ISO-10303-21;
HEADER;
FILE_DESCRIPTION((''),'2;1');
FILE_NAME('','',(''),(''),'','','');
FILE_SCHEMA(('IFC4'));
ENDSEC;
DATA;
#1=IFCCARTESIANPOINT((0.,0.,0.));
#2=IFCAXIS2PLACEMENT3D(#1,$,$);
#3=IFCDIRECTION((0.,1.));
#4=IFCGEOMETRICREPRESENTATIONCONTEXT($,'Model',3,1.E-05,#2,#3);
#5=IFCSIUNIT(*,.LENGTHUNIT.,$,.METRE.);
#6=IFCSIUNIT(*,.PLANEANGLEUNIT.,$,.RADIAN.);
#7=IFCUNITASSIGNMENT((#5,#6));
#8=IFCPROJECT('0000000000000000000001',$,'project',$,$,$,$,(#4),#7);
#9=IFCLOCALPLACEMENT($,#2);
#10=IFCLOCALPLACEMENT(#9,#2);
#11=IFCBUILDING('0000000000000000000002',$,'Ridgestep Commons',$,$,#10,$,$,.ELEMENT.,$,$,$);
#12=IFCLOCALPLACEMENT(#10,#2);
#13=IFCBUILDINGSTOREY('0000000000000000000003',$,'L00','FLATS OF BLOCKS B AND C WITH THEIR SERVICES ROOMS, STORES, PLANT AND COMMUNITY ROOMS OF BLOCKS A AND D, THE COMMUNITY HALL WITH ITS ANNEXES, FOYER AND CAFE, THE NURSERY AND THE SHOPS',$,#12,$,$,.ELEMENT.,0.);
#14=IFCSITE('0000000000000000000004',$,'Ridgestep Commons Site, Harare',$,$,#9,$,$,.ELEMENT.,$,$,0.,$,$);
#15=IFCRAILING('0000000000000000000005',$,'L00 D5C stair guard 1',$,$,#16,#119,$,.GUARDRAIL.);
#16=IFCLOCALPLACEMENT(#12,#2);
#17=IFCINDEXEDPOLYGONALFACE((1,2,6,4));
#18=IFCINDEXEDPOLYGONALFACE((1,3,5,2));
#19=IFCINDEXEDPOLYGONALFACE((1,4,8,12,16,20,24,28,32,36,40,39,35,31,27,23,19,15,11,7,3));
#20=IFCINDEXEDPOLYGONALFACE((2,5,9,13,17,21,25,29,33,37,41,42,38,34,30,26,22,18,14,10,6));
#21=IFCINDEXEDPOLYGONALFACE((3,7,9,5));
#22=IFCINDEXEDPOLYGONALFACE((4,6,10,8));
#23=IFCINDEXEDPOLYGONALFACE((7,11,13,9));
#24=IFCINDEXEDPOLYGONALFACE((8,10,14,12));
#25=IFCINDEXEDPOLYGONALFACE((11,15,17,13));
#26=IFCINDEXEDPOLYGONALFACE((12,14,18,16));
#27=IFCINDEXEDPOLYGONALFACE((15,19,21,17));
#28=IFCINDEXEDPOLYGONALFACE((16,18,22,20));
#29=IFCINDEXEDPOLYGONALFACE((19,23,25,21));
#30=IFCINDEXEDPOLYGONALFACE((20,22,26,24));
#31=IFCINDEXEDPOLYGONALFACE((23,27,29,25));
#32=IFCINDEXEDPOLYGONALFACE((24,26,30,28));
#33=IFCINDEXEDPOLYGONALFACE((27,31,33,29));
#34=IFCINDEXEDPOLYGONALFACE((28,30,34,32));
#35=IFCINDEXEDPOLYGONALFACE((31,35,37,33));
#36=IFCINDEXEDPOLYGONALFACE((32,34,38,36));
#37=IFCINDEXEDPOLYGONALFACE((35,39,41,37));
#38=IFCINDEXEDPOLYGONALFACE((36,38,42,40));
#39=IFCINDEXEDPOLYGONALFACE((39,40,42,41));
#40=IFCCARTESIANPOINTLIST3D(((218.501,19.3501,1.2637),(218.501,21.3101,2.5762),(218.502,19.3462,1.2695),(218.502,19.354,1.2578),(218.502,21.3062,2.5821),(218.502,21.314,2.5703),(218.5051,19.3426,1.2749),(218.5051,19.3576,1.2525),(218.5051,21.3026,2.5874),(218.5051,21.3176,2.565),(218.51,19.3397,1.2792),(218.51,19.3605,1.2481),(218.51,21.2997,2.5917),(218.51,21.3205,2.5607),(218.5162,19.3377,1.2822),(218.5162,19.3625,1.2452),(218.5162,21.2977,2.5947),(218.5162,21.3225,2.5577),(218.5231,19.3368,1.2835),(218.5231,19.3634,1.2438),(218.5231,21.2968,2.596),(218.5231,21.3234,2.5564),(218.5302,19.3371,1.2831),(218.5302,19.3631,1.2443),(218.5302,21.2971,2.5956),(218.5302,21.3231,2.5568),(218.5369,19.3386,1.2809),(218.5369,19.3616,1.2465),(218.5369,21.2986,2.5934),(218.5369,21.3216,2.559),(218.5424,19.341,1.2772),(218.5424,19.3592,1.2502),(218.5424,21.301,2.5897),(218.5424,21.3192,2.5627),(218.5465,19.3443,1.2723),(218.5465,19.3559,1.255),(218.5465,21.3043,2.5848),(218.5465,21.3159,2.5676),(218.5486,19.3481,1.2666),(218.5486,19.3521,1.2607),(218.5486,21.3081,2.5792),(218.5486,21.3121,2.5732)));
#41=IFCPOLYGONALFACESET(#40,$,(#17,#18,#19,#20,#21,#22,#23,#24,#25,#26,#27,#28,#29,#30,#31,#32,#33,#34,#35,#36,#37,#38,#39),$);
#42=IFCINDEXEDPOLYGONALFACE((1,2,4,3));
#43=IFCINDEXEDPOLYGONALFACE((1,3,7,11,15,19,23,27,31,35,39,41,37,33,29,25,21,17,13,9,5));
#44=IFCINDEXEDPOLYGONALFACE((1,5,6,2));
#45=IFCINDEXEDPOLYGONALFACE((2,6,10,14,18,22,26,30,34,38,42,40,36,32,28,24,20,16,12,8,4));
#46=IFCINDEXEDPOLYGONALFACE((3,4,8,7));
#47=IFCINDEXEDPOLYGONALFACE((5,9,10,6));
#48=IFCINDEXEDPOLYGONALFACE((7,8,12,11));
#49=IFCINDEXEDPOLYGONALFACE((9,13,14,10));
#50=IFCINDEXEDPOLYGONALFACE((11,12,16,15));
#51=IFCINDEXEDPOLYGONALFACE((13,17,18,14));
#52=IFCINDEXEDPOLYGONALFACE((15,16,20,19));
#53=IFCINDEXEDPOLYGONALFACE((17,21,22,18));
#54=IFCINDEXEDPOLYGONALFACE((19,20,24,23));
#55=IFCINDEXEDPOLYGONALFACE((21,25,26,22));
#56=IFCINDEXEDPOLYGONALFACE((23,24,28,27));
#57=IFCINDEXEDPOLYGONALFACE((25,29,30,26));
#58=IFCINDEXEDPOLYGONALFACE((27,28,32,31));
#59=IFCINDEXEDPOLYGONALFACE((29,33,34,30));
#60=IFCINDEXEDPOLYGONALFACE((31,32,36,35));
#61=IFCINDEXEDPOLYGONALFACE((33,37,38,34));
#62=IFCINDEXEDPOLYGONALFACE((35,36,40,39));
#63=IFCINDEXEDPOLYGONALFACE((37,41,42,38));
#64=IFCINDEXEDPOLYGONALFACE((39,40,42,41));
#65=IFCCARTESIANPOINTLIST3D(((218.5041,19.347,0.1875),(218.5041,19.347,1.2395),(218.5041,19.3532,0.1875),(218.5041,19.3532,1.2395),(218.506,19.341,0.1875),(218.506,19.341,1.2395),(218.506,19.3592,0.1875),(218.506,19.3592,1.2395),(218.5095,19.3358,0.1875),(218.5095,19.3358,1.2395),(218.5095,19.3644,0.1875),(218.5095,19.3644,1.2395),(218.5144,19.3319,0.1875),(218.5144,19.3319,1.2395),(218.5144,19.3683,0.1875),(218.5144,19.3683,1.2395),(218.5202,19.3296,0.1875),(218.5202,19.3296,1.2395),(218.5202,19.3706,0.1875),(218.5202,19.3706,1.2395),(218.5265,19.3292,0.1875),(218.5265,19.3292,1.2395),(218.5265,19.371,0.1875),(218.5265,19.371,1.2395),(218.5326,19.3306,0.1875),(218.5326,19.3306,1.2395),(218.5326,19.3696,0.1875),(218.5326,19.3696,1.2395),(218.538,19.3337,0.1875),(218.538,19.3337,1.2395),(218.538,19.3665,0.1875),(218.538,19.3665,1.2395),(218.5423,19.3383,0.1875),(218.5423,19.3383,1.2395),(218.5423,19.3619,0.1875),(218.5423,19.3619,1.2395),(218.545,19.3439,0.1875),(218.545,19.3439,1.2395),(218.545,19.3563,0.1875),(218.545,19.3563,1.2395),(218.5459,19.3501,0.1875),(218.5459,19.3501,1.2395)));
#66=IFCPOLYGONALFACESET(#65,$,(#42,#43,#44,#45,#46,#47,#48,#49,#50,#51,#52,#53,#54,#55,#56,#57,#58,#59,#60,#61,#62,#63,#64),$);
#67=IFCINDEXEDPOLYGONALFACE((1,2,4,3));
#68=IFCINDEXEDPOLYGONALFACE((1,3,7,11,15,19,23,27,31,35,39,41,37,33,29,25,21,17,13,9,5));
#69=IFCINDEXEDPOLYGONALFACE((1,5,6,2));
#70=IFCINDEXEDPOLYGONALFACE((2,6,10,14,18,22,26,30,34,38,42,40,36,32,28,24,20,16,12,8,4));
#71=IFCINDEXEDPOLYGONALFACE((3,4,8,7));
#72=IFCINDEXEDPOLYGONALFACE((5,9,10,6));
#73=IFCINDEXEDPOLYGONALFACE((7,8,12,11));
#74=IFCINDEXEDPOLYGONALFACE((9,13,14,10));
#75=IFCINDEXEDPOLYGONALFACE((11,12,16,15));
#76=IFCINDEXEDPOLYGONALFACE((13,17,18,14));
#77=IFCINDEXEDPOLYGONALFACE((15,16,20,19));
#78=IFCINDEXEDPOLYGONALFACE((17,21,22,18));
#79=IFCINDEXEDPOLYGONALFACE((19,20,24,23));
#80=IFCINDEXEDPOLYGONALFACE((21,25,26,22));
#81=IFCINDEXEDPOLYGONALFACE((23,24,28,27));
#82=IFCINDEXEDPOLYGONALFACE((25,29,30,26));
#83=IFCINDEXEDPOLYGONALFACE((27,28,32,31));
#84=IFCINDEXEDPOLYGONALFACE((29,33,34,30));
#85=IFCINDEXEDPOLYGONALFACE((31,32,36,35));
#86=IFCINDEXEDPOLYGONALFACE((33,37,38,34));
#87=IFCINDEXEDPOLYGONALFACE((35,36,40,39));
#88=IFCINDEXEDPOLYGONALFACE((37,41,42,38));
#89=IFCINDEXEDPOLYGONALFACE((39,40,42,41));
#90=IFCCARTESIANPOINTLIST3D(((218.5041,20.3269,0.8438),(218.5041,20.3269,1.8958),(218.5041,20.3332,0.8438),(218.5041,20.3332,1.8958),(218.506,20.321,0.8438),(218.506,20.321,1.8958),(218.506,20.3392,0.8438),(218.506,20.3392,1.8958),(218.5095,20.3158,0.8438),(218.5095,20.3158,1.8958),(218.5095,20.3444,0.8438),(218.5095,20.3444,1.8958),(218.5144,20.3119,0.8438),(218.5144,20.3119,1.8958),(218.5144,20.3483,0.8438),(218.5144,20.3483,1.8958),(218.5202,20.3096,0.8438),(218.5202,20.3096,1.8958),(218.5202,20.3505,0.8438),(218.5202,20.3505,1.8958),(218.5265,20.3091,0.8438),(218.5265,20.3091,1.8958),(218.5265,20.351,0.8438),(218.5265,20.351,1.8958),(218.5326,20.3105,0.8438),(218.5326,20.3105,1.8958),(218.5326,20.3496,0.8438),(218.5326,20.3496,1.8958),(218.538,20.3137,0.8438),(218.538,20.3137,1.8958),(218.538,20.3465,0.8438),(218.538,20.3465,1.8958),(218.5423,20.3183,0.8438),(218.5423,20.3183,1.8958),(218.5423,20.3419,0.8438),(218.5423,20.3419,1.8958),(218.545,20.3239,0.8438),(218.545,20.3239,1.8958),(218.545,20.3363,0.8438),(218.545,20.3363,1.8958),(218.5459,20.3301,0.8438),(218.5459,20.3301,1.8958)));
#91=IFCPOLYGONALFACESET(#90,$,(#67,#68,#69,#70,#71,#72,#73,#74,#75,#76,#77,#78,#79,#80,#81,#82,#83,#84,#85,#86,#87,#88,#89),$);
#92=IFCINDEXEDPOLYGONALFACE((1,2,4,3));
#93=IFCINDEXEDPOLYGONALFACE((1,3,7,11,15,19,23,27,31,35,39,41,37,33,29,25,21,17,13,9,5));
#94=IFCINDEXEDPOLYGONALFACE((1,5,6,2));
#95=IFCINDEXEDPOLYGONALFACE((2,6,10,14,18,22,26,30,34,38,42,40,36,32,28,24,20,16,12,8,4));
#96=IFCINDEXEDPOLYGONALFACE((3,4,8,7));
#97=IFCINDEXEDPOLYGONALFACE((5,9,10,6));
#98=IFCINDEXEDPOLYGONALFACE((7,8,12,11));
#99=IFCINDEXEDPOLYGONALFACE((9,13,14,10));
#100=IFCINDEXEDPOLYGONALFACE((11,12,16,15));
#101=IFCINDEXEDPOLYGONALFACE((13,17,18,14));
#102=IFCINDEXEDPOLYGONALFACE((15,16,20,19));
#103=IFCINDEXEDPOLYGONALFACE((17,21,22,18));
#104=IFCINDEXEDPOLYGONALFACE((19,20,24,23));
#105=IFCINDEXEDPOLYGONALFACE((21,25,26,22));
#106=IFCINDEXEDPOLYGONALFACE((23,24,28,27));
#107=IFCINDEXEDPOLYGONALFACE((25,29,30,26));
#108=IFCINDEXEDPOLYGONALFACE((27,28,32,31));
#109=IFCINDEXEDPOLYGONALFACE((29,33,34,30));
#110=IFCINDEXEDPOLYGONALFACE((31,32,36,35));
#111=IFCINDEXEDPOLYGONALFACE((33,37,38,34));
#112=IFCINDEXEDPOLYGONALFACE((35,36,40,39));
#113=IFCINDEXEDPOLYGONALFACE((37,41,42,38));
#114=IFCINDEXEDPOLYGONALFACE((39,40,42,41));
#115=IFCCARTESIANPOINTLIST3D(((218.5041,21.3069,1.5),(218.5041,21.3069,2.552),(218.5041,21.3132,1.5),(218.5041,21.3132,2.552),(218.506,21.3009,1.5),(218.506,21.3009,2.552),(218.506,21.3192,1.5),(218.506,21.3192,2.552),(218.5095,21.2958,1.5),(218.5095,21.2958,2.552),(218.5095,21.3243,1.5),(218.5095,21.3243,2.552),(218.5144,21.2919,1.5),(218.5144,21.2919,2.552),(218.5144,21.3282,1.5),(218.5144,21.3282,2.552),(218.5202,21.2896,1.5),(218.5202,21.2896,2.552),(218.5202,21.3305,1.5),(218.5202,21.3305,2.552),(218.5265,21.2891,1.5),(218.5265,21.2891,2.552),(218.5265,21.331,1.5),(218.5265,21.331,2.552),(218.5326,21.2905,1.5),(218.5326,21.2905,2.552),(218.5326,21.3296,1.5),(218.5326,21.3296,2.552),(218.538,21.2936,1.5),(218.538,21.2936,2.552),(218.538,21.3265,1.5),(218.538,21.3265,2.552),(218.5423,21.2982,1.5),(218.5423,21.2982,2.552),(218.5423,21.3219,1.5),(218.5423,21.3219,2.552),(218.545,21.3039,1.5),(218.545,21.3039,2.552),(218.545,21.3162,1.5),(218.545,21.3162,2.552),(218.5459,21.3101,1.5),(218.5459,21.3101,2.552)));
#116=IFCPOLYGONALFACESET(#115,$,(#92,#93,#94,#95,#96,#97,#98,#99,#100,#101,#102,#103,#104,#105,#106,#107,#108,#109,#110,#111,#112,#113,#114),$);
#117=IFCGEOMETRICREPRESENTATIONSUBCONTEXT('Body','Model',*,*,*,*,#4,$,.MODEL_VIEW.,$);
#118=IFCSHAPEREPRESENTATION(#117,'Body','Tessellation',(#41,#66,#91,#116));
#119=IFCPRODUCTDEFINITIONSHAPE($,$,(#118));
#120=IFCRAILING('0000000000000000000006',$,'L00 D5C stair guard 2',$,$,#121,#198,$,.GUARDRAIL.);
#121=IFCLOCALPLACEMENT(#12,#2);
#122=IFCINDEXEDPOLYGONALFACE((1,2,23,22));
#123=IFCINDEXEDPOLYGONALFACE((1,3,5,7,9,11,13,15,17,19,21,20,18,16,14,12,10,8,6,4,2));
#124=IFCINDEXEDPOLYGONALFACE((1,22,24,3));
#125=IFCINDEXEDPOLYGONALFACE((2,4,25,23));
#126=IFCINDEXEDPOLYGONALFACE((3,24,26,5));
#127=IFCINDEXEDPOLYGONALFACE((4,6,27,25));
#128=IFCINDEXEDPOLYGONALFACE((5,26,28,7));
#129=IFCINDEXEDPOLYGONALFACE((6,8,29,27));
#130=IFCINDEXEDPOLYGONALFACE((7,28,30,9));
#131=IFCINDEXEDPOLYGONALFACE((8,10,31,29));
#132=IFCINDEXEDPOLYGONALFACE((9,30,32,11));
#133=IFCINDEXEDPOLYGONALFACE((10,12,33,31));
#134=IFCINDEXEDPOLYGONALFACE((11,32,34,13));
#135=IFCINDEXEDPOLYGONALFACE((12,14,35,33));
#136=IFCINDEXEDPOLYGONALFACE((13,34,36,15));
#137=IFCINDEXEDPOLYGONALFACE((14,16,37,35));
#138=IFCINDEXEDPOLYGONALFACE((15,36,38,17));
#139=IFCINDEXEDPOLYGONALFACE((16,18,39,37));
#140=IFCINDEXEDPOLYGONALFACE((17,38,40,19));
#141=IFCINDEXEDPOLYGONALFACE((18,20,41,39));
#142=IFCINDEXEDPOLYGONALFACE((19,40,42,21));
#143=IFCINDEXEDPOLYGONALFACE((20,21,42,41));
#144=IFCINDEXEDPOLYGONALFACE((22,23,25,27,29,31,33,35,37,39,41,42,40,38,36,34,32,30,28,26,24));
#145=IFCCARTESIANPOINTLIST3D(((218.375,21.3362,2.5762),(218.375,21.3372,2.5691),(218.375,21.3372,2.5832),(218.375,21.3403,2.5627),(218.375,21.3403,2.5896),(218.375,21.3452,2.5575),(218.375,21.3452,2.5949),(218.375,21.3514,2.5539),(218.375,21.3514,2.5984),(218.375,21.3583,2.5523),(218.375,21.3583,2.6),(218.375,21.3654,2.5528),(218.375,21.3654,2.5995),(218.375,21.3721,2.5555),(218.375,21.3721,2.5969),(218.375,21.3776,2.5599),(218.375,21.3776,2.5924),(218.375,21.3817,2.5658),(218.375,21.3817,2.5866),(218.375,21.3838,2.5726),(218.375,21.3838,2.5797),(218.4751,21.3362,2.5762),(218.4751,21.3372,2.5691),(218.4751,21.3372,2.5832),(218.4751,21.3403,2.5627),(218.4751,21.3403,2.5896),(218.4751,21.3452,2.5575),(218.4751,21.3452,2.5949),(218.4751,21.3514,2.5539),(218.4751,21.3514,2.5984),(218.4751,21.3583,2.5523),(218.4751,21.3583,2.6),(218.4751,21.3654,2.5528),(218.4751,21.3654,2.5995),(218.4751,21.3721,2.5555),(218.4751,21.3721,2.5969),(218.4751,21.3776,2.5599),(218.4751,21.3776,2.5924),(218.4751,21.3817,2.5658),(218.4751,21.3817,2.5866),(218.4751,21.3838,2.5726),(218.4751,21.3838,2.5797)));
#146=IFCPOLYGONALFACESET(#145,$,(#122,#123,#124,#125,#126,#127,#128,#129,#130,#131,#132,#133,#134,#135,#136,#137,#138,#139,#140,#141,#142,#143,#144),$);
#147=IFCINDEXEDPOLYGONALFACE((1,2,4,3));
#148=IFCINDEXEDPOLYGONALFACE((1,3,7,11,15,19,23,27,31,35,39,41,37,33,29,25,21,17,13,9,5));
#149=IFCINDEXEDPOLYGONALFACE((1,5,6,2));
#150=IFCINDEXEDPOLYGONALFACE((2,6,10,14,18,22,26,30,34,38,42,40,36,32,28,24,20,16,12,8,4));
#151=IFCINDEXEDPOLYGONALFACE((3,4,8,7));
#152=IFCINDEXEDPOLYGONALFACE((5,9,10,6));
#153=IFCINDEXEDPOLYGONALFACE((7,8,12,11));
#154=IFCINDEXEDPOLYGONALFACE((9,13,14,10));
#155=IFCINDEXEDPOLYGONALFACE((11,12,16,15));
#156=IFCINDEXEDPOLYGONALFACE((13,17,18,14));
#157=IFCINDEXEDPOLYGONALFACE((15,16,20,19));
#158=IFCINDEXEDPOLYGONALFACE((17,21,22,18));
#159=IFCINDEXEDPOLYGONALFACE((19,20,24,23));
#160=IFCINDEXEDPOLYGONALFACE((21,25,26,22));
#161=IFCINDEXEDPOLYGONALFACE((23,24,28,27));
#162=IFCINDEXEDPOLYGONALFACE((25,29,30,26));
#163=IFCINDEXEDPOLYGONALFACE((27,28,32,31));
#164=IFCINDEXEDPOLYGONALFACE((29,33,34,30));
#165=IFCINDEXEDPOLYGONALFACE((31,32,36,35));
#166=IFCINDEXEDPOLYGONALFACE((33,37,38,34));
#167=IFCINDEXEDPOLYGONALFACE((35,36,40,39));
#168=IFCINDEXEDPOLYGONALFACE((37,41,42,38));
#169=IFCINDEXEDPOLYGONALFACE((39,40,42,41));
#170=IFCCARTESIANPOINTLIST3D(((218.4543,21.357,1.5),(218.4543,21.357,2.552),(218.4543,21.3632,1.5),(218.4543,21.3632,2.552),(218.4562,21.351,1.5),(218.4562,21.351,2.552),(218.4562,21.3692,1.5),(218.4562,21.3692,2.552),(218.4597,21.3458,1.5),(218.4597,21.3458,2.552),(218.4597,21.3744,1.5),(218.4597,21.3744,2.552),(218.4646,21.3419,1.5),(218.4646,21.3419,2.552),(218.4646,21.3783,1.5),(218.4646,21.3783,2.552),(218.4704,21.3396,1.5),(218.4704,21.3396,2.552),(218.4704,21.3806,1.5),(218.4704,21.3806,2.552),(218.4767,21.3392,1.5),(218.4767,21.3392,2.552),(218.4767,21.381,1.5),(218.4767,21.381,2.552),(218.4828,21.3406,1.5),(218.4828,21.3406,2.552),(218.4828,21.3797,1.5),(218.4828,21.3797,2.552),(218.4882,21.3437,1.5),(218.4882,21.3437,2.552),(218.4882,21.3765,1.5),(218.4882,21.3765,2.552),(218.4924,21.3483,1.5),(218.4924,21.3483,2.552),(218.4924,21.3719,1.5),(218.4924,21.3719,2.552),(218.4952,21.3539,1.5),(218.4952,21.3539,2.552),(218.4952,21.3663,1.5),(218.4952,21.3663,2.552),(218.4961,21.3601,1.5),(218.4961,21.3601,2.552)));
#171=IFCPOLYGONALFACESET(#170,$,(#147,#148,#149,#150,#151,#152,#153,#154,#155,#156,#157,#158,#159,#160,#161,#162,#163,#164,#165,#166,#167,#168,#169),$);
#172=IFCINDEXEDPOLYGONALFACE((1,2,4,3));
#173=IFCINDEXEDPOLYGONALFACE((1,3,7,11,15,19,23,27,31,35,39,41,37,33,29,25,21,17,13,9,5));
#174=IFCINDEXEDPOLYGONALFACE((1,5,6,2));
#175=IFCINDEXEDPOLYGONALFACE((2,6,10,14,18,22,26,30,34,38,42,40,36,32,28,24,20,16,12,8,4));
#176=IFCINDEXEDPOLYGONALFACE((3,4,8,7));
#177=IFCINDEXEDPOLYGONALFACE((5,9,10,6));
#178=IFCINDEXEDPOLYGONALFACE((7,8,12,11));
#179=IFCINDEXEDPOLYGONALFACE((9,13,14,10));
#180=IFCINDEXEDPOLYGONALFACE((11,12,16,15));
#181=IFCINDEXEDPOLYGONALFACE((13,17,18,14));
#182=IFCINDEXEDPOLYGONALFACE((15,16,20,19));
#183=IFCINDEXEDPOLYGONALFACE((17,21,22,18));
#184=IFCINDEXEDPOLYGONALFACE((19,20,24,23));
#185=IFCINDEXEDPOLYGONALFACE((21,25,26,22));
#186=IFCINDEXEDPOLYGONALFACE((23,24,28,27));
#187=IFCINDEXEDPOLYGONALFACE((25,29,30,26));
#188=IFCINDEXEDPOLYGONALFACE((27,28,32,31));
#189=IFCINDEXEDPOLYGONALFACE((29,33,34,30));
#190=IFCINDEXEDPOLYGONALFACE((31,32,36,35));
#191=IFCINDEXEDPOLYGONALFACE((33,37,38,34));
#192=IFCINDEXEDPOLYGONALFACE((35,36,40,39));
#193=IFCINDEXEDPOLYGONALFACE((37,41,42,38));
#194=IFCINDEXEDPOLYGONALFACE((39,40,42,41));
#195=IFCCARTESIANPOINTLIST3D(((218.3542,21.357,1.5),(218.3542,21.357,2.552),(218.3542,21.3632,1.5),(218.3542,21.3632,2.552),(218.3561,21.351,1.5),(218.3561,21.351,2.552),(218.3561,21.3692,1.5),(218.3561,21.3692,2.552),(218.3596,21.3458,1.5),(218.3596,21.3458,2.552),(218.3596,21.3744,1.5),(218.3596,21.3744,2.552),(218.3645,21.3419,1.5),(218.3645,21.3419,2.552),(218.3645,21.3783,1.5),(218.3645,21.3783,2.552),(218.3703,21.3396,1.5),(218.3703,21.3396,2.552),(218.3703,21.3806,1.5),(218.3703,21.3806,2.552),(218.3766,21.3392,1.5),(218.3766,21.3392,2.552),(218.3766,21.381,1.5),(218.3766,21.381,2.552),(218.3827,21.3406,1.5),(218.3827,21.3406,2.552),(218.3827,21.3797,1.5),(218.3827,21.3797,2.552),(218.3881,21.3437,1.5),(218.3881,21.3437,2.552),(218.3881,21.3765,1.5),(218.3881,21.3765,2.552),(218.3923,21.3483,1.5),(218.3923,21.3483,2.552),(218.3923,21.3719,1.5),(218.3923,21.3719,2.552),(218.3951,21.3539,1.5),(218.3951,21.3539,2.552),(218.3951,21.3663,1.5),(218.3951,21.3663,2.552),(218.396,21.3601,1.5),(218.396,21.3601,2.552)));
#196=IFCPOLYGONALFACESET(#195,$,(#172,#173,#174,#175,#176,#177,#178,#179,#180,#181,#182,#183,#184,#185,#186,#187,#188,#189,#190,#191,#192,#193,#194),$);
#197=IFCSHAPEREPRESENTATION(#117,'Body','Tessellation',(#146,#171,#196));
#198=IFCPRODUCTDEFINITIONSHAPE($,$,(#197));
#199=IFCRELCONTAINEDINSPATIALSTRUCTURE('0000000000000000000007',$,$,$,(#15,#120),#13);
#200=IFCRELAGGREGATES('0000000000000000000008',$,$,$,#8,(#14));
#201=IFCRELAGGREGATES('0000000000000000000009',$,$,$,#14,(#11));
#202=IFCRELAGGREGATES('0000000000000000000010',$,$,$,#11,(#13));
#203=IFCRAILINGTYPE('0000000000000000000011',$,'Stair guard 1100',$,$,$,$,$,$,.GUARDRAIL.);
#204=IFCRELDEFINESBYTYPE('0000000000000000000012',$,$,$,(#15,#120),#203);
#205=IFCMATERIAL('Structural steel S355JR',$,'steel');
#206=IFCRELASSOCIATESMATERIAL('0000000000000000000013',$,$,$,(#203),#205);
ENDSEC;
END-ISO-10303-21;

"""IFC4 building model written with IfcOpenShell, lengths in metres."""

from ifc_helpers import new_model, si_unit, direction, frame, origin, origin_2d, place, context, subcontext, project, spatial, circle, extrude, material, type_object, element, save


model = new_model("IFC4")

# Units and contexts
model_context = context("Model", 3, precision=1e-05, world=origin(), true_north=direction((0.0, 1.0)))
body_context = subcontext(model_context, "Body", "Model", "MODEL_VIEW")
ifc_project = project(units=[si_unit("LENGTHUNIT", "METRE"), si_unit("PLANEANGLEUNIT", "RADIAN")], contexts=[model_context])

# Site, building, storey
site_placement = place(None, origin())
site = spatial("IfcSite", under=ifc_project, at=site_placement, Name="Ridgestep Commons Site, Harare", CompositionType="ELEMENT", RefElevation=0.0)
building_placement = place(site_placement, origin())
building = spatial("IfcBuilding", under=site, at=building_placement, Name="Ridgestep Commons", CompositionType="ELEMENT")
storey_placement = place(building_placement, origin())
storey = spatial("IfcBuildingStorey", under=building, at=storey_placement, Name="L00", Description="FLATS OF BLOCKS B AND C WITH THEIR SERVICES ROOMS, STORES, PLANT AND COMMUNITY ROOMS OF BLOCKS A AND D, THE COMMUNITY HALL WITH ITS ANNEXES, FOYER AND CAFE, THE NURSERY AND THE SHOPS", CompositionType="ELEMENT", Elevation=0.0)

# Railings
ifc_material_1 = material(Name="Structural steel S355JR", Category="steel")
railing_type_1 = type_object("IfcRailingType", Name="Stair guard 1100", PredefinedType="GUARDRAIL", material=ifc_material_1)
railing_1_placement = place(storey_placement, frame((218.5249, 19.3501, 0.1875)))
element("IfcRailing", 1, at=railing_1_placement, inside=storey, type_object=railing_type_1, Name="L00 D5C stair guard 1", PredefinedType="GUARDRAIL", context=body_context, shape_type="SweptSolid", body=[
    extrude(circle(Radius=0.0239, at=origin_2d()), frame((0.0, 0.0, 1.0762), z_axis=(0.0, 0.830902, 0.556419), x_axis=(-1.0, 0.0, 0.0)), (0.0, 0.0, 1.0), 2.3589),
    extrude(circle(Radius=0.021, at=origin_2d()), origin(), (0.0, 0.0, 1.0), 1.052),
    extrude(circle(Radius=0.021, at=origin_2d()), frame((0.0, 0.98, 0.6562)), (0.0, 0.0, 1.0), 1.052),
    extrude(circle(Radius=0.021, at=origin_2d()), frame((0.0, 1.96, 1.3125)), (0.0, 0.0, 1.0), 1.052),
])
railing_2_placement = place(storey_placement, frame((218.4751, 21.3601, 1.5)))
element("IfcRailing", 2, at=railing_2_placement, inside=storey, type_object=railing_type_1, Name="L00 D5C stair guard 2", PredefinedType="GUARDRAIL", context=body_context, shape_type="SweptSolid", body=[
    extrude(circle(Radius=0.0239, at=origin_2d()), frame((0.0, 0.0, 1.0762), z_axis=(-1.0, 0.0, 0.0), x_axis=(0.0, -1.0, 0.0)), (0.0, 0.0, 1.0), 0.1001),
    extrude(circle(Radius=0.021, at=origin_2d()), origin(), (0.0, 0.0, 1.0), 1.052),
    extrude(circle(Radius=0.021, at=origin_2d()), frame((-0.1001, 0.0, 0.0)), (0.0, 0.0, 1.0), 1.052),
])

save(model, "model.ifc")
